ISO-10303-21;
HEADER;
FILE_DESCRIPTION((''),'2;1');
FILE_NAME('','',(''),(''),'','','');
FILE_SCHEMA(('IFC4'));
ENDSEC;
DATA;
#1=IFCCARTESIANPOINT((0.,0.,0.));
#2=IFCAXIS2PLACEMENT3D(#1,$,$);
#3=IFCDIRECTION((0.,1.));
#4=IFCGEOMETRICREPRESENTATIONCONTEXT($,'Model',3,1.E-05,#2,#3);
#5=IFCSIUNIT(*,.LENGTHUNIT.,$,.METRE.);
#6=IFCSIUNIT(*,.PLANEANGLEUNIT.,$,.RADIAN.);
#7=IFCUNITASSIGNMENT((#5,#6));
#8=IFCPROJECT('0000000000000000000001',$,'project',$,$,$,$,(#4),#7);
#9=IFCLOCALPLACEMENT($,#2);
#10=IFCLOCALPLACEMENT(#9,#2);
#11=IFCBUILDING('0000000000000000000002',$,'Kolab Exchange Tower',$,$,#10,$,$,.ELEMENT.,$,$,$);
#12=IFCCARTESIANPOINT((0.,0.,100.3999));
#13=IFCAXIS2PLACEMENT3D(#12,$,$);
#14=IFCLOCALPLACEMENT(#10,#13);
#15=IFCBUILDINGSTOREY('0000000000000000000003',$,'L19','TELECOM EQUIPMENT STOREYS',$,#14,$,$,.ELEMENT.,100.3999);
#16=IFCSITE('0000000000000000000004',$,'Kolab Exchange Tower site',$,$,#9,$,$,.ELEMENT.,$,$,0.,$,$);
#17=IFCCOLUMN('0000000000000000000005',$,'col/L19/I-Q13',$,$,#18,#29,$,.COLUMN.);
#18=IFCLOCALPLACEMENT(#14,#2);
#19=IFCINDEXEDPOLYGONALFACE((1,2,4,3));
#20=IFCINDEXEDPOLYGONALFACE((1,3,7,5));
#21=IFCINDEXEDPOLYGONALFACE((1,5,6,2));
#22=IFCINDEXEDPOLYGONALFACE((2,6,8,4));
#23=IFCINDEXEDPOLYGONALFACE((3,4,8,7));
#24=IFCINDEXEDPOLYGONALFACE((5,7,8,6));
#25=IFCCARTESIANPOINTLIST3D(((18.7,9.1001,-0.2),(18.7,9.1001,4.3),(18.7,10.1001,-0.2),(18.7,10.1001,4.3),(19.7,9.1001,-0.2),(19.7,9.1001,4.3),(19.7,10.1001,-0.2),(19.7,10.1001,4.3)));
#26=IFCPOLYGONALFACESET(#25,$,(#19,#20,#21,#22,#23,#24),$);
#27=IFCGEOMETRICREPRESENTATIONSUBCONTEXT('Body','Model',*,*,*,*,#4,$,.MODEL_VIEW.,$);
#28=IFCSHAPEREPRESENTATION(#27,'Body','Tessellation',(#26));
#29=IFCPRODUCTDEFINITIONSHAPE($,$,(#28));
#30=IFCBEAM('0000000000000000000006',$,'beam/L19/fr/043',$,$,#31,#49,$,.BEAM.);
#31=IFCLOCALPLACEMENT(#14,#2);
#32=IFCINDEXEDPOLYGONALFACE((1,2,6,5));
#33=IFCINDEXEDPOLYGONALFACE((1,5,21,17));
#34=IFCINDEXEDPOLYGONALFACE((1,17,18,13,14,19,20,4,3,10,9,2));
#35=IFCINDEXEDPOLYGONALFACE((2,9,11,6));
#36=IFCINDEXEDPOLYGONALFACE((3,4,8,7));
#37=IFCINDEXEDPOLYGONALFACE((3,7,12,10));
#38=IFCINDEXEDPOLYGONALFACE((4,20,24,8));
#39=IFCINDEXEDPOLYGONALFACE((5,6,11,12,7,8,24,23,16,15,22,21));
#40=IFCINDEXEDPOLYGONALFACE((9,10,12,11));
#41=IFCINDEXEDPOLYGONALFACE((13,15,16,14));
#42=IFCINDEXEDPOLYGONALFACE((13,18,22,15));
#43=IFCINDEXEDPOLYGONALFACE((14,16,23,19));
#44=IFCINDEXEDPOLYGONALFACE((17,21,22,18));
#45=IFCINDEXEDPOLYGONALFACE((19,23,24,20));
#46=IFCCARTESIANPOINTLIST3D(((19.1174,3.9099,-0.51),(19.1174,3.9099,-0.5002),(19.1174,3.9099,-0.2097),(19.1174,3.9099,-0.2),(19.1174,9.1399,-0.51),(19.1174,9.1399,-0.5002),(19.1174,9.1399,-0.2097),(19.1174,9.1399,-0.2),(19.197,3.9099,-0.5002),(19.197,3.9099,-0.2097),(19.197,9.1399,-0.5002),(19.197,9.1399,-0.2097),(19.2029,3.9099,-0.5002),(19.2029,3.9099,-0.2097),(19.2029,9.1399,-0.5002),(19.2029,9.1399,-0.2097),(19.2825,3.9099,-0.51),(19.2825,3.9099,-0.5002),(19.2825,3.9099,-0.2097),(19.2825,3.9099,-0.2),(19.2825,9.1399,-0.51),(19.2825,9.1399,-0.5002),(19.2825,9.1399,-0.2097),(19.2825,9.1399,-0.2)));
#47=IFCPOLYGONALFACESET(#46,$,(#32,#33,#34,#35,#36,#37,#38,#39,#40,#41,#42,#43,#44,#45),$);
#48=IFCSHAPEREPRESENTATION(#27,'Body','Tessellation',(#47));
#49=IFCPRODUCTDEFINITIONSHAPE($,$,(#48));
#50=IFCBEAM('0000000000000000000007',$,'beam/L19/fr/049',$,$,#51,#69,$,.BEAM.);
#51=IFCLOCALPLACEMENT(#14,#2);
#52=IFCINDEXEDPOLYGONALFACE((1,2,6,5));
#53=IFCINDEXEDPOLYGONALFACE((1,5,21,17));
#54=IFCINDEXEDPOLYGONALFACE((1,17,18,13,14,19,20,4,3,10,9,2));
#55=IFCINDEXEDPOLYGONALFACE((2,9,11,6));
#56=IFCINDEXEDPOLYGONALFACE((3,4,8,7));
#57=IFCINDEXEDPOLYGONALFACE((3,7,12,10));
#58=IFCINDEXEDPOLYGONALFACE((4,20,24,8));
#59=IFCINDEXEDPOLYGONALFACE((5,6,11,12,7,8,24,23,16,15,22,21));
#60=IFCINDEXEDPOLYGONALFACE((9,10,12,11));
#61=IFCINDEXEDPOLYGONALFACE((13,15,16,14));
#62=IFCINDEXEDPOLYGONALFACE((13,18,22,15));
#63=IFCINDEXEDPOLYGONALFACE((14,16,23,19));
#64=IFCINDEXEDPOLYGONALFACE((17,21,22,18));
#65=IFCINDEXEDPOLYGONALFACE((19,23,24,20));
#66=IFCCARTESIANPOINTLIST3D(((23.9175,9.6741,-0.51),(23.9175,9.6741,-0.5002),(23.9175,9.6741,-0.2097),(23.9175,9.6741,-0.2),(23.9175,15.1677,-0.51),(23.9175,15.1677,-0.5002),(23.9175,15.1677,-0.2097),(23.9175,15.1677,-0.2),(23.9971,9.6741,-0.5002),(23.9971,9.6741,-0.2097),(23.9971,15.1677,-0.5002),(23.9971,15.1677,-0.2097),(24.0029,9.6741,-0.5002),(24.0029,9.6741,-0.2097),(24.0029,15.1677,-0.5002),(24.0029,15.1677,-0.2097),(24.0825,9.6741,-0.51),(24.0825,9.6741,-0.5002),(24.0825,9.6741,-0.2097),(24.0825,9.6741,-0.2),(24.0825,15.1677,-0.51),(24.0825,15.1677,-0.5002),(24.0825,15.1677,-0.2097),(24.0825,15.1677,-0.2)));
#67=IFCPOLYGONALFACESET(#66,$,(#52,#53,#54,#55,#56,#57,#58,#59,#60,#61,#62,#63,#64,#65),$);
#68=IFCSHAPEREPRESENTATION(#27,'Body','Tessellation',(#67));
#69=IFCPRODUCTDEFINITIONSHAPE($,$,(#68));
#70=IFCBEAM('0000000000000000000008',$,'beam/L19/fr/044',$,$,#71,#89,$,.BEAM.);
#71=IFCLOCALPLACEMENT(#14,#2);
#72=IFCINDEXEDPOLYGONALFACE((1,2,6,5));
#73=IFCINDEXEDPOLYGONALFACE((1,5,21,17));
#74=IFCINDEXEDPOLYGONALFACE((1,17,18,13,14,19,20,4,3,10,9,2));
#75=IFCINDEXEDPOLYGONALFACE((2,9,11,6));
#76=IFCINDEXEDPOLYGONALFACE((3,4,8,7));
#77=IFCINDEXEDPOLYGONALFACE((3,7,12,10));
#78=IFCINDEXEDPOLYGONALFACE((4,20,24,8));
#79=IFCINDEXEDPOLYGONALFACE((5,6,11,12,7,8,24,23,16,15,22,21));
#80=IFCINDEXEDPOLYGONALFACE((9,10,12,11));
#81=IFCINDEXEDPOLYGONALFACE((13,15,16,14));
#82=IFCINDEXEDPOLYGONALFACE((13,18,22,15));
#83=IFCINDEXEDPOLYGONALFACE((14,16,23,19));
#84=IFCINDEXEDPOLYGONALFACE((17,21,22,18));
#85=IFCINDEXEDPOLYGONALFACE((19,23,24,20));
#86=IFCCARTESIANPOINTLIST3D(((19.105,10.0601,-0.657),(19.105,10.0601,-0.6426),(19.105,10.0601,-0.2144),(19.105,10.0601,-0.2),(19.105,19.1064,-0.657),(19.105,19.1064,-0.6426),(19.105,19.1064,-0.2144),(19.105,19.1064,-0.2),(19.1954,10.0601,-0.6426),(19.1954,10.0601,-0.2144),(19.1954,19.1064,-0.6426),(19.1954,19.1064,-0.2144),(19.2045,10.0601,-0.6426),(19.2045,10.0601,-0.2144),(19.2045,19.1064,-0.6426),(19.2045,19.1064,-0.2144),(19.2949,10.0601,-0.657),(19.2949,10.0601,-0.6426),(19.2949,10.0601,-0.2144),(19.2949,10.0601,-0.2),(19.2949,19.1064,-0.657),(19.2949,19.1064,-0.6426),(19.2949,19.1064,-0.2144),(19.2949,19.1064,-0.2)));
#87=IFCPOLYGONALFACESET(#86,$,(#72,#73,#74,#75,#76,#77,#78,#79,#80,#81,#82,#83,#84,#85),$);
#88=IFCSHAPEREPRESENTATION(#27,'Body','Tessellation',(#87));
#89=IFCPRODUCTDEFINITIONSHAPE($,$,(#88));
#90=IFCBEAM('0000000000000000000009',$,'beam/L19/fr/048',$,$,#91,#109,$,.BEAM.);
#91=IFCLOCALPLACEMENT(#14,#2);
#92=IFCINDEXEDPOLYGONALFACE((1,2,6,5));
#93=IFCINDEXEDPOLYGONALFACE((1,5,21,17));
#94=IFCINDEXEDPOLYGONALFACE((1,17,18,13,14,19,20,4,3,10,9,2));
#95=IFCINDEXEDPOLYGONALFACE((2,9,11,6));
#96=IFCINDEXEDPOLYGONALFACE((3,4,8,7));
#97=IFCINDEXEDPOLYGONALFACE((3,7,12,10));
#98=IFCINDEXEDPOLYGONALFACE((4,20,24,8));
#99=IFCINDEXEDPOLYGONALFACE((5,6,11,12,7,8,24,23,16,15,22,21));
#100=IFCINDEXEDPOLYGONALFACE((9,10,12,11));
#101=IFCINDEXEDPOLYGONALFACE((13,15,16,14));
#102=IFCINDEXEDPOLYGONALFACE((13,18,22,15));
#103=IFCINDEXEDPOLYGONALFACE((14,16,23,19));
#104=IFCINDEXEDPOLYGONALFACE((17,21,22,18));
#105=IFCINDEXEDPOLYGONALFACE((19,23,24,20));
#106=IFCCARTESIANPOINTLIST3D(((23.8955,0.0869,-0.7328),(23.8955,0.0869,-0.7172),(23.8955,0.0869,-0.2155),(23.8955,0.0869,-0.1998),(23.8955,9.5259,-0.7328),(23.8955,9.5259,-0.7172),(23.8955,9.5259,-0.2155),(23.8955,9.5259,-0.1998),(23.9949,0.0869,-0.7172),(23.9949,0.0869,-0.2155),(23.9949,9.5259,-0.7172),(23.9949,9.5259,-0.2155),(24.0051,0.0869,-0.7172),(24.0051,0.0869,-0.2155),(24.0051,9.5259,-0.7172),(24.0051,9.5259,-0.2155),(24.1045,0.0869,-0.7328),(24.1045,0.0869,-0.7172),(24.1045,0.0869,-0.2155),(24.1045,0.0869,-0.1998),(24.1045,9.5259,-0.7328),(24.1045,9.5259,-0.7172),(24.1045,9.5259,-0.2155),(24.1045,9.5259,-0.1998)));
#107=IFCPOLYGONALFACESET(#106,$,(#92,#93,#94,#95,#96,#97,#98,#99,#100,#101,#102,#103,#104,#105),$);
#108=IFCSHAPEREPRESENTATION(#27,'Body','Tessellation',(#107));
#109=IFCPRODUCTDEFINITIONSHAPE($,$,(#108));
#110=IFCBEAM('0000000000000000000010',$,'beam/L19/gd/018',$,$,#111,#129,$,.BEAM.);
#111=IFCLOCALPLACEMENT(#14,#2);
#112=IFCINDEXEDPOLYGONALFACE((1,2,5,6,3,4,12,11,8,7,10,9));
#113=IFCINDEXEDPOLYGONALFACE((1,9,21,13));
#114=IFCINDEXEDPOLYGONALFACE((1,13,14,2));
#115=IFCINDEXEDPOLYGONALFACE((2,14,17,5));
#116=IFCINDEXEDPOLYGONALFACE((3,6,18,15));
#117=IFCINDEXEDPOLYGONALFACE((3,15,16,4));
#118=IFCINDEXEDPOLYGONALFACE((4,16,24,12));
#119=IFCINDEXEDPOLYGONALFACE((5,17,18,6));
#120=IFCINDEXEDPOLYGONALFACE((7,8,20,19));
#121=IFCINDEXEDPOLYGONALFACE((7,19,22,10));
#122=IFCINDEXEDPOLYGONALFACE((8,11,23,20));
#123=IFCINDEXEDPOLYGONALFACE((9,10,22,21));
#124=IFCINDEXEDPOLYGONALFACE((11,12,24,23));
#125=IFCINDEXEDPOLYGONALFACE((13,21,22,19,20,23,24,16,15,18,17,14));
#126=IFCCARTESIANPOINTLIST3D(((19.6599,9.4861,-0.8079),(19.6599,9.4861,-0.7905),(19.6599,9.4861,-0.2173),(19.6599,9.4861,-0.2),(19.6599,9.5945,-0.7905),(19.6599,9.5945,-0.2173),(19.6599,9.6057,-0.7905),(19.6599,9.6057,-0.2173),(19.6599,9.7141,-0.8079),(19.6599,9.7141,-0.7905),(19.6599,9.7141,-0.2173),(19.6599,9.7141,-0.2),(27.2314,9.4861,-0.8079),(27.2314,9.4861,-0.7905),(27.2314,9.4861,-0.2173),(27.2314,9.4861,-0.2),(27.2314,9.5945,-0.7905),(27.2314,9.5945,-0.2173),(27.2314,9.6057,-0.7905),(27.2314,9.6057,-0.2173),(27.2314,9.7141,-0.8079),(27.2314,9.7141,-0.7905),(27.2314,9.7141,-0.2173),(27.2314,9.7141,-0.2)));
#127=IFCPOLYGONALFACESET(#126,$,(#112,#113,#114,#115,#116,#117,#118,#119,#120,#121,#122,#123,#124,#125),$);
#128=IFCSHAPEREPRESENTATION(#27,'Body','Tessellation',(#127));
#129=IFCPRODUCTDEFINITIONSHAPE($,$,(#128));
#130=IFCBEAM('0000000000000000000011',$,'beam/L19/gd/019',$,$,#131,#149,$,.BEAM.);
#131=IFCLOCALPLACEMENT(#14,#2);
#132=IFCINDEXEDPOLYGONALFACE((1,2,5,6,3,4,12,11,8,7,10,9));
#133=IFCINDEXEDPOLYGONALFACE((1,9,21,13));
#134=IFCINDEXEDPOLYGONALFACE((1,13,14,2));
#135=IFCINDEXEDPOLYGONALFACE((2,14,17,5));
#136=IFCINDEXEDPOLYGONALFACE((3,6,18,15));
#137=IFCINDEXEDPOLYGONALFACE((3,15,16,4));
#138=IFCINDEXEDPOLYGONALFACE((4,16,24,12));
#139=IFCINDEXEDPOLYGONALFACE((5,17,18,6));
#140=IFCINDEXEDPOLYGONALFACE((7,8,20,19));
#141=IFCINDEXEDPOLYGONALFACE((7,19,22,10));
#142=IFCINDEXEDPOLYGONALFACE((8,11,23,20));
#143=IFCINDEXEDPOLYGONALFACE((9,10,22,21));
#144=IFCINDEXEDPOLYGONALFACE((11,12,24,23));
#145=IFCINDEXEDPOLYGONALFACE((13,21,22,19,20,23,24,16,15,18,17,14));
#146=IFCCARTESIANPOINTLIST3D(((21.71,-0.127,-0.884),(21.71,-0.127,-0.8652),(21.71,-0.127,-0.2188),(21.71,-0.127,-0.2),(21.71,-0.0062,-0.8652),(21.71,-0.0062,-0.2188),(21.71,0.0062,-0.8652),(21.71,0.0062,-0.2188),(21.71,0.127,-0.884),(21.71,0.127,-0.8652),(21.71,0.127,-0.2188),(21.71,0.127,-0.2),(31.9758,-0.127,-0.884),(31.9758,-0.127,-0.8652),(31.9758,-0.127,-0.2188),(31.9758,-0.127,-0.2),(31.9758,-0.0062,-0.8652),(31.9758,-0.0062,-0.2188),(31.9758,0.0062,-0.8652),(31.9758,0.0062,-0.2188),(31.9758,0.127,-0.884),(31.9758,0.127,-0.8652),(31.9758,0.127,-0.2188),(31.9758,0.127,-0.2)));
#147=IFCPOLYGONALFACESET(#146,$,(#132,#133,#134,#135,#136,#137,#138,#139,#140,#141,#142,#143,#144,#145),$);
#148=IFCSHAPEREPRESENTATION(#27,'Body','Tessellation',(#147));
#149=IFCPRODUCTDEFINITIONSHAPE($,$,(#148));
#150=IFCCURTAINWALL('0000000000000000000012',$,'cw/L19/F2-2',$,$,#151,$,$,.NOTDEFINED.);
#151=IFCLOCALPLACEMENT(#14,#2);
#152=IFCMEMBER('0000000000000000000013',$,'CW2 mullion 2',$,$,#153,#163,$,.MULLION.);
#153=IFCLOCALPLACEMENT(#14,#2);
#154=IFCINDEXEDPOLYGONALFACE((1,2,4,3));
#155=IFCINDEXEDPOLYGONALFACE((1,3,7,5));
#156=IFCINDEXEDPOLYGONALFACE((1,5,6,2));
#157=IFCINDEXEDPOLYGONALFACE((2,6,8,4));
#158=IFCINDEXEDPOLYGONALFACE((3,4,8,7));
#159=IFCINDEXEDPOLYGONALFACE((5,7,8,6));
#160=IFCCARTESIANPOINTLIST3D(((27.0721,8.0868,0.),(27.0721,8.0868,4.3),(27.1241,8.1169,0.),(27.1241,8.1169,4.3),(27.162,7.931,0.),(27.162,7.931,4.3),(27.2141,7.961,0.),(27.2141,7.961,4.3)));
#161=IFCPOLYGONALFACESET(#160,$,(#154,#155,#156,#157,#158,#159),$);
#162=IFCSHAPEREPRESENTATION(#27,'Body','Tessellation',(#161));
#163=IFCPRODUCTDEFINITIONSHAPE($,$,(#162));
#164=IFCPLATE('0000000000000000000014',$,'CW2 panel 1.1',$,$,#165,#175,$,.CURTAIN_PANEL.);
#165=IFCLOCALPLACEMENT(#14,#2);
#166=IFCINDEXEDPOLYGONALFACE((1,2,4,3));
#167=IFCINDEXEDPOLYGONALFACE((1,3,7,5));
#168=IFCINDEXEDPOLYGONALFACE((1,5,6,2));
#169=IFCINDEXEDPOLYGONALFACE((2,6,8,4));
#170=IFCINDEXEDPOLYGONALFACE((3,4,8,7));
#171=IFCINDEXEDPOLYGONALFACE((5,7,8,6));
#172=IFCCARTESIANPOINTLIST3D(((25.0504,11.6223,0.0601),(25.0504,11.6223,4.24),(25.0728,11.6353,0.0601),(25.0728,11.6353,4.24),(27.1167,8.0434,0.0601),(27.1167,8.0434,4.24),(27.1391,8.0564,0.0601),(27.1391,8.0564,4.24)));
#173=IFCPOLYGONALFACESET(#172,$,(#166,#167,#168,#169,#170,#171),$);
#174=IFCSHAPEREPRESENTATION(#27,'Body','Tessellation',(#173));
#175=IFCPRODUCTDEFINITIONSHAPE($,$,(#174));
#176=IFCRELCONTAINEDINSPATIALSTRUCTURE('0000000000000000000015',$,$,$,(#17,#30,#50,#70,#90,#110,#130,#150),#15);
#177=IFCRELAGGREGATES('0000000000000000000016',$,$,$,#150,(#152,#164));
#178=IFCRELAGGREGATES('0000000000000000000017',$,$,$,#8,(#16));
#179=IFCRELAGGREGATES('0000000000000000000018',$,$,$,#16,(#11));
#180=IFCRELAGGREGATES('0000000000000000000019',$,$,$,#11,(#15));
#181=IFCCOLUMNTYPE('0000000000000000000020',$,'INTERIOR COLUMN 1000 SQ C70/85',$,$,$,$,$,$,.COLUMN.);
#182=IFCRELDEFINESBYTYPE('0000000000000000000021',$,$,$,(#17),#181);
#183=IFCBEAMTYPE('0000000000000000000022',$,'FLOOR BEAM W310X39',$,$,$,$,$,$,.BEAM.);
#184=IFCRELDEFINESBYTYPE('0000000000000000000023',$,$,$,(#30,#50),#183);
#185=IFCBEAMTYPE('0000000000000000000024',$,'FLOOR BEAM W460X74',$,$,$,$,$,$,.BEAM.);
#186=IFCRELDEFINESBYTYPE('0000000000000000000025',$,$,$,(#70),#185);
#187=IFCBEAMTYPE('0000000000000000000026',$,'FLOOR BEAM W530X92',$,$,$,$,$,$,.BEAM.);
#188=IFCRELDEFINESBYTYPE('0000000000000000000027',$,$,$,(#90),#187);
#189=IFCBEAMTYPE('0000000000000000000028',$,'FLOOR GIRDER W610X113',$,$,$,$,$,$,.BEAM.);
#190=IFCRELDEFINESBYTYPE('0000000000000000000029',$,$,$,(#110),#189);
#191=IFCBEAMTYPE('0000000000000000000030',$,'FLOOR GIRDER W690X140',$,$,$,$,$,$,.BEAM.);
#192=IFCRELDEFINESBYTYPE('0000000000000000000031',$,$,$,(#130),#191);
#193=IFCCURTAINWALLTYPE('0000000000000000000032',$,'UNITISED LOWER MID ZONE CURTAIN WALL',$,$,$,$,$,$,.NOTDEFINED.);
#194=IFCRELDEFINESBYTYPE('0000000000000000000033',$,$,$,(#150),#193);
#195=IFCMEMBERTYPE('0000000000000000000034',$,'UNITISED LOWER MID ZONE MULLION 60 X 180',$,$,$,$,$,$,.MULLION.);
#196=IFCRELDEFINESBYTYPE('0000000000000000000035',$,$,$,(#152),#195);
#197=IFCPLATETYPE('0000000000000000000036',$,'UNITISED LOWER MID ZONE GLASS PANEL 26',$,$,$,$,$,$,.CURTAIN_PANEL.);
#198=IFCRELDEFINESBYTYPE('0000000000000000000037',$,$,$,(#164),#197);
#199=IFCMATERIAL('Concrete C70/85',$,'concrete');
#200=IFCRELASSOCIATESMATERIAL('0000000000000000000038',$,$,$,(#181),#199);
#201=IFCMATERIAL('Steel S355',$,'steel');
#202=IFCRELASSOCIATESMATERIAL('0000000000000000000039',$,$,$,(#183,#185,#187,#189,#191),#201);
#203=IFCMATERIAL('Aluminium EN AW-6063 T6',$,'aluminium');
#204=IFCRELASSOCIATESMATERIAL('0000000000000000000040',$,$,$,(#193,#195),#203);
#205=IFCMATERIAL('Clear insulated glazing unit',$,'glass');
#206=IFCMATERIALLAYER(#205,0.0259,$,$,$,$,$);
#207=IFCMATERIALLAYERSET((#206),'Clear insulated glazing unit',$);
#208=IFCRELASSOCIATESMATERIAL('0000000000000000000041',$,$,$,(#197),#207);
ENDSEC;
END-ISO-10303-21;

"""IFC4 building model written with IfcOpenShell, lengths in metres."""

from ifc_helpers import new_model, si_unit, direction, frame, origin, origin_2d, place, context, subcontext, project, spatial, rectangle, i_section, extrude, material, layer, layer_set, material_profile, profile_set, type_object, element, aggregate, save


model = new_model("IFC4")

# Units and contexts
model_context = context("Model", 3, precision=1e-05, world=origin(), true_north=direction((0.0, 1.0)))
body_context = subcontext(model_context, "Body", "Model", "MODEL_VIEW")
ifc_project = project(units=[si_unit("LENGTHUNIT", "METRE"), si_unit("PLANEANGLEUNIT", "RADIAN")], contexts=[model_context])

# Site, building, storey
site_placement = place(None, origin())
site = spatial("IfcSite", under=ifc_project, at=site_placement, Name="Kolab Exchange Tower site", CompositionType="ELEMENT", RefElevation=0.0)
building_placement = place(site_placement, origin())
building = spatial("IfcBuilding", under=site, at=building_placement, Name="Kolab Exchange Tower", CompositionType="ELEMENT")
storey_placement = place(building_placement, frame((0.0, 0.0, 100.3999)))
storey = spatial("IfcBuildingStorey", under=building, at=storey_placement, Name="L19", Description="TELECOM EQUIPMENT STOREYS", CompositionType="ELEMENT", Elevation=100.3999)

# Column
ifc_material_1 = material(Name="Concrete C70/85", Category="concrete")
ifc_material_profile_1 = material_profile(ifc_material_1, rectangle(XDim=1.0, YDim=1.0, at=origin_2d()), Name="RC1000")
ifc_profile_set_1 = profile_set([ifc_material_profile_1], Name="Concrete C70/85")
column_type = type_object("IfcColumnType", Name="INTERIOR COLUMN 1000 SQ C70/85", PredefinedType="COLUMN", material=ifc_profile_set_1)
column_placement = place(storey_placement, frame((19.2, 9.6001, -0.2), z_axis=(0.0, 0.0, 1.0), x_axis=(1.0, 0.0, 0.0)))
element("IfcColumn", 1, at=column_placement, inside=storey, type_object=column_type, Name="col/L19/I-Q13", PredefinedType="COLUMN", context=body_context, shape_type="SweptSolid", body=[
    extrude(rectangle(XDim=1.0, YDim=1.0, at=origin_2d()), origin(), (0.0, 0.0, 1.0), 4.5),
])

# Beams
ifc_material_2 = material(Name="Steel S355", Category="steel")
ifc_material_profile_2 = material_profile(ifc_material_2, i_section(OverallWidth=0.165, OverallDepth=0.3101, WebThickness=0.0059, FlangeThickness=0.0098, at=origin_2d()), Name="W310X39")
ifc_profile_set_2 = profile_set([ifc_material_profile_2], Name="Steel S355")
beam_type_1 = type_object("IfcBeamType", Name="FLOOR BEAM W310X39", PredefinedType="BEAM", material=ifc_profile_set_2)
beam_1_placement = place(storey_placement, frame((19.2, 3.9099, -0.355), z_axis=(0.0, 1.0, 0.0), x_axis=(-1.0, 0.0, 0.0)))
element("IfcBeam", 2, at=beam_1_placement, inside=storey, type_object=beam_type_1, Name="beam/L19/fr/043", PredefinedType="BEAM", context=body_context, shape_type="SweptSolid", body=[
    extrude(i_section(OverallWidth=0.165, OverallDepth=0.3101, WebThickness=0.0059, FlangeThickness=0.0098, at=origin_2d()), origin(), (0.0, 0.0, 1.0), 5.23),
])
beam_2_placement = place(storey_placement, frame((24.0, 9.6741, -0.355), z_axis=(0.0, 1.0, 0.0), x_axis=(-1.0, 0.0, 0.0)))
element("IfcBeam", 3, at=beam_2_placement, inside=storey, type_object=beam_type_1, Name="beam/L19/fr/049", PredefinedType="BEAM", context=body_context, shape_type="SweptSolid", body=[
    extrude(i_section(OverallWidth=0.165, OverallDepth=0.3101, WebThickness=0.0059, FlangeThickness=0.0098, at=origin_2d()), origin(), (0.0, 0.0, 1.0), 5.4937),
])
ifc_material_profile_3 = material_profile(ifc_material_2, i_section(OverallWidth=0.1899, OverallDepth=0.457, WebThickness=0.009, FlangeThickness=0.0144, at=origin_2d()), Name="W460X74")
ifc_profile_set_3 = profile_set([ifc_material_profile_3], Name="Steel S355")
beam_type_2 = type_object("IfcBeamType", Name="FLOOR BEAM W460X74", PredefinedType="BEAM", material=ifc_profile_set_3)
beam_3_placement = place(storey_placement, frame((19.2, 10.0601, -0.4285), z_axis=(0.0, 1.0, 0.0), x_axis=(-1.0, 0.0, 0.0)))
element("IfcBeam", 4, at=beam_3_placement, inside=storey, type_object=beam_type_2, Name="beam/L19/fr/044", PredefinedType="BEAM", context=body_context, shape_type="SweptSolid", body=[
    extrude(i_section(OverallWidth=0.1899, OverallDepth=0.457, WebThickness=0.009, FlangeThickness=0.0144, at=origin_2d()), origin(), (0.0, 0.0, 1.0), 9.0464),
])
ifc_material_profile_4 = material_profile(ifc_material_2, i_section(OverallWidth=0.209, OverallDepth=0.533, WebThickness=0.0103, FlangeThickness=0.0156, at=origin_2d()), Name="W530X92")
ifc_profile_set_4 = profile_set([ifc_material_profile_4], Name="Steel S355")
beam_type_3 = type_object("IfcBeamType", Name="FLOOR BEAM W530X92", PredefinedType="BEAM", material=ifc_profile_set_4)
beam_4_placement = place(storey_placement, frame((24.0, 0.0869, -0.4663), z_axis=(0.0, 1.0, 0.0), x_axis=(-1.0, 0.0, 0.0)))
element("IfcBeam", 5, at=beam_4_placement, inside=storey, type_object=beam_type_3, Name="beam/L19/fr/048", PredefinedType="BEAM", context=body_context, shape_type="SweptSolid", body=[
    extrude(i_section(OverallWidth=0.209, OverallDepth=0.533, WebThickness=0.0103, FlangeThickness=0.0156, at=origin_2d()), origin(), (0.0, 0.0, 1.0), 9.439),
])
ifc_material_profile_5 = material_profile(ifc_material_2, i_section(OverallWidth=0.228, OverallDepth=0.6079, WebThickness=0.0112, FlangeThickness=0.0173, at=origin_2d()), Name="W610X113")
ifc_profile_set_5 = profile_set([ifc_material_profile_5], Name="Steel S355")
beam_type_4 = type_object("IfcBeamType", Name="FLOOR GIRDER W610X113", PredefinedType="BEAM", material=ifc_profile_set_5)
beam_5_placement = place(storey_placement, frame((19.6599, 9.6001, -0.5039), z_axis=(1.0, 0.0, 0.0), x_axis=(0.0, 1.0, 0.0)))
element("IfcBeam", 6, at=beam_5_placement, inside=storey, type_object=beam_type_4, Name="beam/L19/gd/018", PredefinedType="BEAM", context=body_context, shape_type="SweptSolid", body=[
    extrude(i_section(OverallWidth=0.228, OverallDepth=0.6079, WebThickness=0.0112, FlangeThickness=0.0173, at=origin_2d()), origin(), (0.0, 0.0, 1.0), 7.5715),
])
ifc_material_profile_6 = material_profile(ifc_material_2, i_section(OverallWidth=0.2539, OverallDepth=0.6841, WebThickness=0.0125, FlangeThickness=0.0188, at=origin_2d()), Name="W690X140")
ifc_profile_set_6 = profile_set([ifc_material_profile_6], Name="Steel S355")
beam_type_5 = type_object("IfcBeamType", Name="FLOOR GIRDER W690X140", PredefinedType="BEAM", material=ifc_profile_set_6)
beam_6_placement = place(storey_placement, frame((21.71, 0.0, -0.542), z_axis=(1.0, 0.0, 0.0), x_axis=(0.0, 1.0, 0.0)))
element("IfcBeam", 7, at=beam_6_placement, inside=storey, type_object=beam_type_5, Name="beam/L19/gd/019", PredefinedType="BEAM", context=body_context, shape_type="SweptSolid", body=[
    extrude(i_section(OverallWidth=0.2539, OverallDepth=0.6841, WebThickness=0.0125, FlangeThickness=0.0188, at=origin_2d()), origin(), (0.0, 0.0, 1.0), 10.2659),
])

# Curtain wall, member, plate
ifc_material_3 = material(Name="Aluminium EN AW-6063 T6", Category="aluminium")
curtain_wall_type = type_object("IfcCurtainWallType", Name="UNITISED LOWER MID ZONE CURTAIN WALL", PredefinedType="NOTDEFINED", material=ifc_material_3)
curtain_wall_placement = place(storey_placement, origin())
curtain_wall = element("IfcCurtainWall", 8, at=curtain_wall_placement, inside=storey, type_object=curtain_wall_type, Name="cw/L19/F2-2", PredefinedType="NOTDEFINED")
ifc_material_profile_7 = material_profile(ifc_material_3, rectangle(XDim=0.0601, YDim=0.1799, at=origin_2d()), Name="RECT 60X180")
ifc_profile_set_7 = profile_set([ifc_material_profile_7], Name="Aluminium EN AW-6063 T6")
member_type = type_object("IfcMemberType", Name="UNITISED LOWER MID ZONE MULLION 60 X 180", PredefinedType="MULLION", material=ifc_profile_set_7)
member_placement = place(storey_placement, frame((27.1431, 8.0239, 0.0), z_axis=(0.0, 0.0, 1.0), x_axis=(0.866025, 0.5, 0.0)))
member = element("IfcMember", 9, at=member_placement, type_object=member_type, Name="CW2 mullion 2", PredefinedType="MULLION", context=body_context, shape_type="SweptSolid", body=[
    extrude(rectangle(XDim=0.0601, YDim=0.1799, at=origin_2d()), origin(), (0.0, 0.0, 1.0), 4.3),
])
ifc_material_4 = material(Name="Clear insulated glazing unit", Category="glass")
ifc_layer_1 = layer(ifc_material_4, 0.0259)
ifc_layer_set_1 = layer_set([ifc_layer_1], Name="Clear insulated glazing unit")
plate_type = type_object("IfcPlateType", Name="UNITISED LOWER MID ZONE GLASS PANEL 26", PredefinedType="CURTAIN_PANEL", material=ifc_layer_set_1)
plate_placement = place(storey_placement, frame((26.0947, 9.8394, 0.0601), z_axis=(0.0, 0.0, 1.0), x_axis=(0.5, -0.866025, 0.0)))
plate = element("IfcPlate", 10, at=plate_placement, type_object=plate_type, Name="CW2 panel 1.1", PredefinedType="CURTAIN_PANEL", context=body_context, shape_type="SweptSolid", body=[
    extrude(rectangle(XDim=4.1326, YDim=0.0259, at=origin_2d()), origin(), (0.0, 0.0, 1.0), 4.1799),
])
aggregate(curtain_wall, [member, plate])

save(model, "model.ifc")
